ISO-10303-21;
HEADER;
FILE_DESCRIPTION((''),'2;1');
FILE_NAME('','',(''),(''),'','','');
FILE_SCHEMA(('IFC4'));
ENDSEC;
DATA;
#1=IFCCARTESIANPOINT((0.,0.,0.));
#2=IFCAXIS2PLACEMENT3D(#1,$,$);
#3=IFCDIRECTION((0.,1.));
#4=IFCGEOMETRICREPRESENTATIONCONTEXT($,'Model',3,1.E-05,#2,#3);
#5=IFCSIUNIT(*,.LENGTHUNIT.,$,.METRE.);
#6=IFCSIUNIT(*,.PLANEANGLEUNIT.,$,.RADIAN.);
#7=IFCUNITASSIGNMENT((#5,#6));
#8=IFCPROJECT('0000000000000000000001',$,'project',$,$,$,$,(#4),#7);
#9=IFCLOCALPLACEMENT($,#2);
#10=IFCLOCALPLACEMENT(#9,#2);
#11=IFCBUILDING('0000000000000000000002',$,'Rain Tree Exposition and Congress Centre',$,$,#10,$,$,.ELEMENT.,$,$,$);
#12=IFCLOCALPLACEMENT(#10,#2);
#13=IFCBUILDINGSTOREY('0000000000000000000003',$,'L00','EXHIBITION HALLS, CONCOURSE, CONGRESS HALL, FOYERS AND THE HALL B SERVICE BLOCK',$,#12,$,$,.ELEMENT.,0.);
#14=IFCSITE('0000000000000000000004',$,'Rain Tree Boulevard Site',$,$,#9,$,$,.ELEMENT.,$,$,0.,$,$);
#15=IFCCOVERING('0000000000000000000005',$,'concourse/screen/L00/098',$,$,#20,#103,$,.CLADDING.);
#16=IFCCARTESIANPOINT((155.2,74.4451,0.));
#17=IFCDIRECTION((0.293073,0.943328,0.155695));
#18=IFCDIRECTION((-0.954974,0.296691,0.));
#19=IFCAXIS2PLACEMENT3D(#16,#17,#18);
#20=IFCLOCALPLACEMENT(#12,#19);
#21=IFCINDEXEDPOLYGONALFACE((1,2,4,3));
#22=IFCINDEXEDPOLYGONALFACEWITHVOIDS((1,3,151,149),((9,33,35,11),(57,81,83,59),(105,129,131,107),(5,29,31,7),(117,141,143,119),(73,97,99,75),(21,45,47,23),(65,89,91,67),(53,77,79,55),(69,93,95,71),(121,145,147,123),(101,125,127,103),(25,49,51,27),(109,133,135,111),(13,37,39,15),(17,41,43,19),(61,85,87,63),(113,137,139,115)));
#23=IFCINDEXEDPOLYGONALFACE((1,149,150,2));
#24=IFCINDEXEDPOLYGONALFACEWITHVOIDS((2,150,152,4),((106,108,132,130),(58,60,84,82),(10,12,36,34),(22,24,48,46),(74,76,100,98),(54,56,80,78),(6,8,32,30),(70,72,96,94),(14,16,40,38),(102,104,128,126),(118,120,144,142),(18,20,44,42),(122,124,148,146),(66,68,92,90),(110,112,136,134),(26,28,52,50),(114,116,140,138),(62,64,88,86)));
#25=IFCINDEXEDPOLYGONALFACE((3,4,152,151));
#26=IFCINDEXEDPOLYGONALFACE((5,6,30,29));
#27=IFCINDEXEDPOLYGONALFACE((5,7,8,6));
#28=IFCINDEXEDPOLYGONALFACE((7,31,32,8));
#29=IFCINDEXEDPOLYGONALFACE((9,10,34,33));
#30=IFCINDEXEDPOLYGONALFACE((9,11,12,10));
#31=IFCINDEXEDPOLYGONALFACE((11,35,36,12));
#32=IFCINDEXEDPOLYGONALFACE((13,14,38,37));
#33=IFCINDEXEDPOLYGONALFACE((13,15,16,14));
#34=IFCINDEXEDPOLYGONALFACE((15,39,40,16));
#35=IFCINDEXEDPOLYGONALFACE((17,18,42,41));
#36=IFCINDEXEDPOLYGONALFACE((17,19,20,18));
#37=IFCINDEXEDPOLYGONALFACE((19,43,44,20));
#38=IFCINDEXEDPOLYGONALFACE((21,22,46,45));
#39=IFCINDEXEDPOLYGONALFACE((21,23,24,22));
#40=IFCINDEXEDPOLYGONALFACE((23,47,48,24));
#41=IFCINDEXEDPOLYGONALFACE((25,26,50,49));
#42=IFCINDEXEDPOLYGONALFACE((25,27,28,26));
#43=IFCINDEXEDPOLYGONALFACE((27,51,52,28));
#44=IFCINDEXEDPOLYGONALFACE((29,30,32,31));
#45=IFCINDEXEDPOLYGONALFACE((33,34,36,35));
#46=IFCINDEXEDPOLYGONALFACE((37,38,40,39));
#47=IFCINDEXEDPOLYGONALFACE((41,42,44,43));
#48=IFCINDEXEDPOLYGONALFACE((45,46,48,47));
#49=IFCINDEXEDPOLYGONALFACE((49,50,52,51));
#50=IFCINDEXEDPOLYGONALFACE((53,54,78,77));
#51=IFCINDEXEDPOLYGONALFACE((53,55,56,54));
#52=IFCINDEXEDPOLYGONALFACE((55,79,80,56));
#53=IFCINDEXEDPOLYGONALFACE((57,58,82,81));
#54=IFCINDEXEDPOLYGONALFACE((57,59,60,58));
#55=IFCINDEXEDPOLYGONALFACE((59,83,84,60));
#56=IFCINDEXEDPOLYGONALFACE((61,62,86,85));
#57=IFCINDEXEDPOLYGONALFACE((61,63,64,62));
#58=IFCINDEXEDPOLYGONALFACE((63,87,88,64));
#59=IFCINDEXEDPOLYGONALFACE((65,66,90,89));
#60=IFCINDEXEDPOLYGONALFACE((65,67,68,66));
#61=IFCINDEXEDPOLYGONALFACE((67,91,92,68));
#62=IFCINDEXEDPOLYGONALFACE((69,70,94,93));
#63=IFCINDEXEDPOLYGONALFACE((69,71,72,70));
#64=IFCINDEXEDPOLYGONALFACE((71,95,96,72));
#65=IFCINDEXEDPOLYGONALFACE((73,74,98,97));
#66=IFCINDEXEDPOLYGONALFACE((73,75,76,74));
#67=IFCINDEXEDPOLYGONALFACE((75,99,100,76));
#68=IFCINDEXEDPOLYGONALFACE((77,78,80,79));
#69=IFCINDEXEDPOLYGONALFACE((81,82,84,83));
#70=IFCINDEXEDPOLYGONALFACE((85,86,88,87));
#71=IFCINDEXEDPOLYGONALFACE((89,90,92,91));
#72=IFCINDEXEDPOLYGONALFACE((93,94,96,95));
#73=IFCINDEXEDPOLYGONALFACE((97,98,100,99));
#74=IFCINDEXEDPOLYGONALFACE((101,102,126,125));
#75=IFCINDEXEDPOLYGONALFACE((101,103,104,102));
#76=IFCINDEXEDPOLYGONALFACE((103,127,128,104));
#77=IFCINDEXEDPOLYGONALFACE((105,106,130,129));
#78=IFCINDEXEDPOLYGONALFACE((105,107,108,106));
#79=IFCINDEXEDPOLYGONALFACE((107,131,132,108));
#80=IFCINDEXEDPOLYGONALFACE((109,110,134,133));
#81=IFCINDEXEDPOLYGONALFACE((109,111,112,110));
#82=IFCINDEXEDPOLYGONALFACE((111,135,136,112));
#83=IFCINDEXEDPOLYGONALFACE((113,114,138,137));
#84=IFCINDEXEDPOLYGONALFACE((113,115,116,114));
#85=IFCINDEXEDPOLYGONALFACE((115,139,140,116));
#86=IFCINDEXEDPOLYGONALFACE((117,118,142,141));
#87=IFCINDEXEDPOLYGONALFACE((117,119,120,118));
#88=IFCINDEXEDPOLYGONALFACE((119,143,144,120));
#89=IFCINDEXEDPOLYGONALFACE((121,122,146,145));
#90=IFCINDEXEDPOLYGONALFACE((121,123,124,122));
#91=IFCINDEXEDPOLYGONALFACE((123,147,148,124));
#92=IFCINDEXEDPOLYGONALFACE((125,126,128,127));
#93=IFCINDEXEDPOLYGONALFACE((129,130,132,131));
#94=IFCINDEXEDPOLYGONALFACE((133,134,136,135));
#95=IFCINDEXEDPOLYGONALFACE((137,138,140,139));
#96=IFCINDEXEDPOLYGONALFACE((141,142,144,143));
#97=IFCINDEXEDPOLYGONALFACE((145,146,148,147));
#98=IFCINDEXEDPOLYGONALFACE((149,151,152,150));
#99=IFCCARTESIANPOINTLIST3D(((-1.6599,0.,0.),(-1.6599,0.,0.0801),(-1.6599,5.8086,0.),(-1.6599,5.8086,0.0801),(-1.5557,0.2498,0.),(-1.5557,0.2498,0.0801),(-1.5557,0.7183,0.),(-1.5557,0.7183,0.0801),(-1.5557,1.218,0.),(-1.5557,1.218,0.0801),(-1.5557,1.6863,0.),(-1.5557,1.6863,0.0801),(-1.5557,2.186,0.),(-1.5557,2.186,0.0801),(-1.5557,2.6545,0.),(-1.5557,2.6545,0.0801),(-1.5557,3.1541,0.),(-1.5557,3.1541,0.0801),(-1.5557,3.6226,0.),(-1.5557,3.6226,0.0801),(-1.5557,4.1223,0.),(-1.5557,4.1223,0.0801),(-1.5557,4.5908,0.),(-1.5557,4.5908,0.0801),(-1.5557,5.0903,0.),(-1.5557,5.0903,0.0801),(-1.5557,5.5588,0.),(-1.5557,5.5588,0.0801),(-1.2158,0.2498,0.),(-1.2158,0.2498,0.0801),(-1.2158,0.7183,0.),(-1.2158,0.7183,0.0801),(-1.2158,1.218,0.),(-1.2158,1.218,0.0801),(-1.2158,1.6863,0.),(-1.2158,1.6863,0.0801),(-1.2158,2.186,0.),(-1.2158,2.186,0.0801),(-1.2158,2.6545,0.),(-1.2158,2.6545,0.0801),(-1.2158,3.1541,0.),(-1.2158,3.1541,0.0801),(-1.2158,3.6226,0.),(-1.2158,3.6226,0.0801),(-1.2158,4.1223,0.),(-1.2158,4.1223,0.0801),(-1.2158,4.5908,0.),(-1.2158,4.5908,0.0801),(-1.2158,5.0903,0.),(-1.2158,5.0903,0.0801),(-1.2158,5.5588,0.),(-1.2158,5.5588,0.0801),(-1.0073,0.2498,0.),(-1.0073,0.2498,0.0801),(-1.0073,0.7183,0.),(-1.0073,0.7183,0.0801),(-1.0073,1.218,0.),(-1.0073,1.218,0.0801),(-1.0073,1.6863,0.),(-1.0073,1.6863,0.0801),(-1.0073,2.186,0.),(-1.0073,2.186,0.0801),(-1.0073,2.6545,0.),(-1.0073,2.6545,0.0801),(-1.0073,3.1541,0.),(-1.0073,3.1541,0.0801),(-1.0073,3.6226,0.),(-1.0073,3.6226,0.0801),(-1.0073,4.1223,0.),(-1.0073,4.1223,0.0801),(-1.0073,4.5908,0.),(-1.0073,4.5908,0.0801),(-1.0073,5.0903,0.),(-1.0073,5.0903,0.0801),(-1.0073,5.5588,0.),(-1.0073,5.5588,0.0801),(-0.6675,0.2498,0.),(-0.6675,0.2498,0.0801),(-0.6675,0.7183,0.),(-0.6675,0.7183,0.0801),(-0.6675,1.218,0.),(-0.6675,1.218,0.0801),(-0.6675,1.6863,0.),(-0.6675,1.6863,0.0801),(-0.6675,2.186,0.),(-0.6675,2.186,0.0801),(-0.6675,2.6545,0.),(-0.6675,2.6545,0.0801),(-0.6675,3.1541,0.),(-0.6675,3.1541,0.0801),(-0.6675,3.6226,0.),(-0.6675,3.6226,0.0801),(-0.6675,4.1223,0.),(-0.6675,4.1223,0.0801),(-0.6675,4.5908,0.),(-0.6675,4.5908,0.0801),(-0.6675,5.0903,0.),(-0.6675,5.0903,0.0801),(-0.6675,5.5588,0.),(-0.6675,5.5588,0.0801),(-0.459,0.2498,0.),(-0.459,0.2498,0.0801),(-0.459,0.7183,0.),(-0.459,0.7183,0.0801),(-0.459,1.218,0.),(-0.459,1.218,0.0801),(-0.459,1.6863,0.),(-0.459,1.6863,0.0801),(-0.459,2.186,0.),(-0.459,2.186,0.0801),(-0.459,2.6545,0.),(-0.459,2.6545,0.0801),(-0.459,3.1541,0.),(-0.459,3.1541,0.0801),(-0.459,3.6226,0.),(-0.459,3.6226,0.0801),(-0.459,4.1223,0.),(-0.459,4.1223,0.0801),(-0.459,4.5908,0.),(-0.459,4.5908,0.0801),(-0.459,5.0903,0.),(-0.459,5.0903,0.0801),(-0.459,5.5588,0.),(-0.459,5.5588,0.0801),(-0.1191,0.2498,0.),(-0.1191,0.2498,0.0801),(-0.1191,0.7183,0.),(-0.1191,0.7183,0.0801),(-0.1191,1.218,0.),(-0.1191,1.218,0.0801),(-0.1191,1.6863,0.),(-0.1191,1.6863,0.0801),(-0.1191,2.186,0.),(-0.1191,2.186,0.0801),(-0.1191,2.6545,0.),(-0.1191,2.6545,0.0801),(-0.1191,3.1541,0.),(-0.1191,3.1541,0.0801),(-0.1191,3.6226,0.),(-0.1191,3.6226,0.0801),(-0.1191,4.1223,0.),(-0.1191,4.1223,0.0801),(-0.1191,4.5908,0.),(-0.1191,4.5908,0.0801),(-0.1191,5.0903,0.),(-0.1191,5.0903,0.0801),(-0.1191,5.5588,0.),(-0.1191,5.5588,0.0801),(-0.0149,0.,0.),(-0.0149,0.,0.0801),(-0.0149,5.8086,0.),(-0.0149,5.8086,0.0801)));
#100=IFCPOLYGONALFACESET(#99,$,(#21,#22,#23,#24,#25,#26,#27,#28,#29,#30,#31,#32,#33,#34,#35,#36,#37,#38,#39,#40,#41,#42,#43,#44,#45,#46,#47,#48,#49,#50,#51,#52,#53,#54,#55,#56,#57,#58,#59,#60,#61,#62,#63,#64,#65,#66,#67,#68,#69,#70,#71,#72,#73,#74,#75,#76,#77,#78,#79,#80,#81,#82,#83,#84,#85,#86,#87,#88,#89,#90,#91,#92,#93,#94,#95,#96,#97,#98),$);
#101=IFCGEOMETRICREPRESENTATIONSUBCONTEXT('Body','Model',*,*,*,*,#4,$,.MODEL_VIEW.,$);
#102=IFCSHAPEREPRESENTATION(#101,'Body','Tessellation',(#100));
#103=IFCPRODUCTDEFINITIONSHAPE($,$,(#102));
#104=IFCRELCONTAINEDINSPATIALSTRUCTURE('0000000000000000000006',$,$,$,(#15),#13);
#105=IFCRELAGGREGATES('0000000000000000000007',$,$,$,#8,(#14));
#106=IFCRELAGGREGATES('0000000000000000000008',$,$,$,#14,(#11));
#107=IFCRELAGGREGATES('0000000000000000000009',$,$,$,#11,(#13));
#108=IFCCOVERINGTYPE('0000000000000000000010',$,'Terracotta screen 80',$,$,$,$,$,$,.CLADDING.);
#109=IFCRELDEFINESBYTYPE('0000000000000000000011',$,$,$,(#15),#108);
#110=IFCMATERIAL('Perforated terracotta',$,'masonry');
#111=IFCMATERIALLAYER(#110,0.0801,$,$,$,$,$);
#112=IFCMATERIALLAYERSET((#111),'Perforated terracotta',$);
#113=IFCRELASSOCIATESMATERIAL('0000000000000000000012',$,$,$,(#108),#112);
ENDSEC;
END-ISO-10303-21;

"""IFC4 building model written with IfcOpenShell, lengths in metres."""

from ifc_helpers import new_model, si_unit, direction, frame, origin, place, context, subcontext, project, spatial, polyline, outline, extrude, material, layer, layer_set, type_object, element, save


model = new_model("IFC4")

# Units and contexts
model_context = context("Model", 3, precision=1e-05, world=origin(), true_north=direction((0.0, 1.0)))
body_context = subcontext(model_context, "Body", "Model", "MODEL_VIEW")
ifc_project = project(units=[si_unit("LENGTHUNIT", "METRE"), si_unit("PLANEANGLEUNIT", "RADIAN")], contexts=[model_context])

# Site, building, storey
site_placement = place(None, origin())
site = spatial("IfcSite", under=ifc_project, at=site_placement, Name="Rain Tree Boulevard Site", CompositionType="ELEMENT", RefElevation=0.0)
building_placement = place(site_placement, origin())
building = spatial("IfcBuilding", under=site, at=building_placement, Name="Rain Tree Exposition and Congress Centre", CompositionType="ELEMENT")
storey_placement = place(building_placement, origin())
storey = spatial("IfcBuildingStorey", under=building, at=storey_placement, Name="L00", Description="EXHIBITION HALLS, CONCOURSE, CONGRESS HALL, FOYERS AND THE HALL B SERVICE BLOCK", CompositionType="ELEMENT", Elevation=0.0)

# Covering
ifc_material_1 = material(Name="Perforated terracotta", Category="masonry")
ifc_layer_1 = layer(ifc_material_1, 0.0801)
ifc_layer_set_1 = layer_set([ifc_layer_1], Name="Perforated terracotta")
covering_type = type_object("IfcCoveringType", Name="Terracotta screen 80", PredefinedType="CLADDING", material=ifc_layer_set_1)
covering_1_placement = place(storey_placement, frame((155.2, 74.4451, 0.0), z_axis=(0.293073, 0.943328, 0.155695), x_axis=(-0.954974, 0.296691, 0.0)))
element("IfcCovering", 1, at=covering_1_placement, inside=storey, type_object=covering_type, Name="concourse/screen/L00/098", PredefinedType="CLADDING", context=body_context, shape_type="SweptSolid", body=[
    extrude(outline(polyline([(-0.0149, 0.0), (-1.6599, 0.0), (-1.6599, 5.8086), (-0.0149, 5.8086), (-0.0149, 0.0)]), holes=[polyline([(-0.1191, 0.2498), (-0.1191, 0.7183), (-0.459, 0.7183), (-0.459, 0.2498), (-0.1191, 0.2498)]), polyline([(-0.1191, 1.218), (-0.1191, 1.6863), (-0.459, 1.6863), (-0.459, 1.218), (-0.1191, 1.218)]), polyline([(-0.1191, 2.186), (-0.1191, 2.6545), (-0.459, 2.6545), (-0.459, 2.186), (-0.1191, 2.186)]), polyline([(-0.1191, 3.1541), (-0.1191, 3.6226), (-0.459, 3.6226), (-0.459, 3.1541), (-0.1191, 3.1541)]), polyline([(-0.1191, 4.1223), (-0.1191, 4.5908), (-0.459, 4.5908), (-0.459, 4.1223), (-0.1191, 4.1223)]), polyline([(-0.1191, 5.0903), (-0.1191, 5.5588), (-0.459, 5.5588), (-0.459, 5.0903), (-0.1191, 5.0903)]), polyline([(-0.6675, 0.2498), (-0.6675, 0.7183), (-1.0073, 0.7183), (-1.0073, 0.2498), (-0.6675, 0.2498)]), polyline([(-0.6675, 1.218), (-0.6675, 1.6863), (-1.0073, 1.6863), (-1.0073, 1.218), (-0.6675, 1.218)]), polyline([(-0.6675, 2.186), (-0.6675, 2.6545), (-1.0073, 2.6545), (-1.0073, 2.186), (-0.6675, 2.186)]), polyline([(-0.6675, 3.1541), (-0.6675, 3.6226), (-1.0073, 3.6226), (-1.0073, 3.1541), (-0.6675, 3.1541)]), polyline([(-0.6675, 4.1223), (-0.6675, 4.5908), (-1.0073, 4.5908), (-1.0073, 4.1223), (-0.6675, 4.1223)]), polyline([(-0.6675, 5.0903), (-0.6675, 5.5588), (-1.0073, 5.5588), (-1.0073, 5.0903), (-0.6675, 5.0903)]), polyline([(-1.2158, 0.2498), (-1.2158, 0.7183), (-1.5557, 0.7183), (-1.5557, 0.2498), (-1.2158, 0.2498)]), polyline([(-1.2158, 1.218), (-1.2158, 1.6863), (-1.5557, 1.6863), (-1.5557, 1.218), (-1.2158, 1.218)]), polyline([(-1.2158, 2.186), (-1.2158, 2.6545), (-1.5557, 2.6545), (-1.5557, 2.186), (-1.2158, 2.186)]), polyline([(-1.2158, 3.1541), (-1.2158, 3.6226), (-1.5557, 3.6226), (-1.5557, 3.1541), (-1.2158, 3.1541)]), polyline([(-1.2158, 4.1223), (-1.2158, 4.5908), (-1.5557, 4.5908), (-1.5557, 4.1223), (-1.2158, 4.1223)]), polyline([(-1.2158, 5.0903), (-1.2158, 5.5588), (-1.5557, 5.5588), (-1.5557, 5.0903), (-1.2158, 5.0903)])]), origin(), (0.0, 0.0, 1.0), 0.0801),
])

save(model, "model.ifc")
